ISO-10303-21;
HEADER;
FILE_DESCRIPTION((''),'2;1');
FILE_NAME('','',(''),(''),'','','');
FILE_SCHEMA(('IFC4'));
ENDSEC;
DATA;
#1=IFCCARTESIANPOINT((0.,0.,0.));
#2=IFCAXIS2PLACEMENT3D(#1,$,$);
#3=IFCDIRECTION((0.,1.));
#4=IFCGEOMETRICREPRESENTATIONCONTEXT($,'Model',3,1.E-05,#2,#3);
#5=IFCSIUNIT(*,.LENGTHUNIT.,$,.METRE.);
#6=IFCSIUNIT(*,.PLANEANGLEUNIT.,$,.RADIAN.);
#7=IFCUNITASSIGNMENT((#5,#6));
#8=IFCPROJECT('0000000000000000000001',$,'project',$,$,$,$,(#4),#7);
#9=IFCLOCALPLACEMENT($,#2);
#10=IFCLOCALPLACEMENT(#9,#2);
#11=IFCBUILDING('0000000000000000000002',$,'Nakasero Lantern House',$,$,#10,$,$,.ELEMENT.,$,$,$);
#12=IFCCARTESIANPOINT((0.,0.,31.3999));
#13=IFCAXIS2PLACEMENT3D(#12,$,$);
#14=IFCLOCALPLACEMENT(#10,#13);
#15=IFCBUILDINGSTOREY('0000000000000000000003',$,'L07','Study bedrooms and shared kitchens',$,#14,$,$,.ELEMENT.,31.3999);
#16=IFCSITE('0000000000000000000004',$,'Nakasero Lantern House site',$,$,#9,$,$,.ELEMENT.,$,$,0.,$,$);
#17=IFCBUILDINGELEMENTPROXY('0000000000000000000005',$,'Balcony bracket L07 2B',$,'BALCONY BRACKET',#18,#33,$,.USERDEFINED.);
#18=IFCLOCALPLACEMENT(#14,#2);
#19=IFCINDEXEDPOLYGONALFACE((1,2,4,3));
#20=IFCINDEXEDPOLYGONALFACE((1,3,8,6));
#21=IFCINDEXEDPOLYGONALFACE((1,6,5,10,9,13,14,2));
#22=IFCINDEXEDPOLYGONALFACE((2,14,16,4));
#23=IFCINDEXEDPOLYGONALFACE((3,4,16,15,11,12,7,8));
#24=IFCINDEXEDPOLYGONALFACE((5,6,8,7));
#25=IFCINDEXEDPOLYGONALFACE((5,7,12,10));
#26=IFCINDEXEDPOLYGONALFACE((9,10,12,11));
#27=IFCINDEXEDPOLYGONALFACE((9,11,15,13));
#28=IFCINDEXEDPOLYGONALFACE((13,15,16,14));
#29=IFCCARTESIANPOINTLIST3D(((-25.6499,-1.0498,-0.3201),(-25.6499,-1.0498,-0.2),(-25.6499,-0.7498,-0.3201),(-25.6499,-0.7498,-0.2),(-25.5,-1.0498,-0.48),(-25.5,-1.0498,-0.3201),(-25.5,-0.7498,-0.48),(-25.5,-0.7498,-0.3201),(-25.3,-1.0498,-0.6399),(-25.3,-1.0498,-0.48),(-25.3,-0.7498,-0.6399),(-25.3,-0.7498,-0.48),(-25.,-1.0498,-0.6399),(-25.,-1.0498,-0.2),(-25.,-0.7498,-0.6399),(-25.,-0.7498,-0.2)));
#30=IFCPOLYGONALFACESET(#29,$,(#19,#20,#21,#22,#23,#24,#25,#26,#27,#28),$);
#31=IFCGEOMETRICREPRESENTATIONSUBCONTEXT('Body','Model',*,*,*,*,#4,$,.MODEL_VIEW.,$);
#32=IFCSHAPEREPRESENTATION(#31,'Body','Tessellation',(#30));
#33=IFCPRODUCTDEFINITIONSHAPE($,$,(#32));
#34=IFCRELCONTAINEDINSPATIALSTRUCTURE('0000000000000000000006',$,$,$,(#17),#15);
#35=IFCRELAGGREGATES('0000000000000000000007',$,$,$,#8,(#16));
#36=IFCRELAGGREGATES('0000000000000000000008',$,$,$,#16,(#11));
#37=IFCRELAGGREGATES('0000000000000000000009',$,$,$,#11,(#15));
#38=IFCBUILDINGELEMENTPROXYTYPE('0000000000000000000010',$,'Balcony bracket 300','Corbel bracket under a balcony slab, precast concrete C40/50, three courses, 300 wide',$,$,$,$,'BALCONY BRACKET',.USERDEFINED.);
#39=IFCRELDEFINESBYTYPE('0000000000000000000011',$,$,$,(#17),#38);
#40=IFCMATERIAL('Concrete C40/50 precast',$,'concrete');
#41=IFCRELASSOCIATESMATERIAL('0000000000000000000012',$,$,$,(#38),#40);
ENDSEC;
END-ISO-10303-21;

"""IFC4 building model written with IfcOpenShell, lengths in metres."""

from ifc_helpers import new_model, si_unit, direction, frame, origin, place, context, subcontext, project, spatial, polyline, outline, extrude, material, type_object, element, save


model = new_model("IFC4")

# Units and contexts
model_context = context("Model", 3, precision=1e-05, world=origin(), true_north=direction((0.0, 1.0)))
body_context = subcontext(model_context, "Body", "Model", "MODEL_VIEW")
ifc_project = project(units=[si_unit("LENGTHUNIT", "METRE"), si_unit("PLANEANGLEUNIT", "RADIAN")], contexts=[model_context])

# Site, building, storey
site_placement = place(None, origin())
site = spatial("IfcSite", under=ifc_project, at=site_placement, Name="Nakasero Lantern House site", CompositionType="ELEMENT", RefElevation=0.0)
building_placement = place(site_placement, origin())
building = spatial("IfcBuilding", under=site, at=building_placement, Name="Nakasero Lantern House", CompositionType="ELEMENT")
storey_placement = place(building_placement, frame((0.0, 0.0, 31.3999)))
storey = spatial("IfcBuildingStorey", under=building, at=storey_placement, Name="L07", Description="Study bedrooms and shared kitchens", CompositionType="ELEMENT", Elevation=31.3999)

# Building element proxy
ifc_material_1 = material(Name="Concrete C40/50 precast", Category="concrete")
building_element_proxy_type = type_object("IfcBuildingElementProxyType", Name="Balcony bracket 300", Description="Corbel bracket under a balcony slab, precast concrete C40/50, three courses, 300 wide", ElementType="BALCONY BRACKET", PredefinedType="USERDEFINED", material=ifc_material_1)
proxy_placement = place(storey_placement, frame((-25.0, -0.8999, -0.2), z_axis=(0.0, 0.0, 1.0), x_axis=(-1.0, 0.0, 0.0)))
element("IfcBuildingElementProxy", 1, at=proxy_placement, inside=storey, type_object=building_element_proxy_type, Name="Balcony bracket L07 2B", ObjectType="BALCONY BRACKET", PredefinedType="USERDEFINED", context=body_context, shape_type="SweptSolid", body=[
    extrude(outline(polyline([(0.0, 0.0), (0.6499, 0.0), (0.6499, -0.1201), (0.5, -0.1201), (0.5, -0.28), (0.3, -0.28), (0.3, -0.4399), (0.0, -0.4399), (0.0, 0.0)])), frame((0.0, 0.1499, 0.0), z_axis=(0.0, -1.0, 0.0), x_axis=(1.0, 0.0, 0.0)), (0.0, 0.0, 1.0), 0.3),
])

save(model, "model.ifc")
